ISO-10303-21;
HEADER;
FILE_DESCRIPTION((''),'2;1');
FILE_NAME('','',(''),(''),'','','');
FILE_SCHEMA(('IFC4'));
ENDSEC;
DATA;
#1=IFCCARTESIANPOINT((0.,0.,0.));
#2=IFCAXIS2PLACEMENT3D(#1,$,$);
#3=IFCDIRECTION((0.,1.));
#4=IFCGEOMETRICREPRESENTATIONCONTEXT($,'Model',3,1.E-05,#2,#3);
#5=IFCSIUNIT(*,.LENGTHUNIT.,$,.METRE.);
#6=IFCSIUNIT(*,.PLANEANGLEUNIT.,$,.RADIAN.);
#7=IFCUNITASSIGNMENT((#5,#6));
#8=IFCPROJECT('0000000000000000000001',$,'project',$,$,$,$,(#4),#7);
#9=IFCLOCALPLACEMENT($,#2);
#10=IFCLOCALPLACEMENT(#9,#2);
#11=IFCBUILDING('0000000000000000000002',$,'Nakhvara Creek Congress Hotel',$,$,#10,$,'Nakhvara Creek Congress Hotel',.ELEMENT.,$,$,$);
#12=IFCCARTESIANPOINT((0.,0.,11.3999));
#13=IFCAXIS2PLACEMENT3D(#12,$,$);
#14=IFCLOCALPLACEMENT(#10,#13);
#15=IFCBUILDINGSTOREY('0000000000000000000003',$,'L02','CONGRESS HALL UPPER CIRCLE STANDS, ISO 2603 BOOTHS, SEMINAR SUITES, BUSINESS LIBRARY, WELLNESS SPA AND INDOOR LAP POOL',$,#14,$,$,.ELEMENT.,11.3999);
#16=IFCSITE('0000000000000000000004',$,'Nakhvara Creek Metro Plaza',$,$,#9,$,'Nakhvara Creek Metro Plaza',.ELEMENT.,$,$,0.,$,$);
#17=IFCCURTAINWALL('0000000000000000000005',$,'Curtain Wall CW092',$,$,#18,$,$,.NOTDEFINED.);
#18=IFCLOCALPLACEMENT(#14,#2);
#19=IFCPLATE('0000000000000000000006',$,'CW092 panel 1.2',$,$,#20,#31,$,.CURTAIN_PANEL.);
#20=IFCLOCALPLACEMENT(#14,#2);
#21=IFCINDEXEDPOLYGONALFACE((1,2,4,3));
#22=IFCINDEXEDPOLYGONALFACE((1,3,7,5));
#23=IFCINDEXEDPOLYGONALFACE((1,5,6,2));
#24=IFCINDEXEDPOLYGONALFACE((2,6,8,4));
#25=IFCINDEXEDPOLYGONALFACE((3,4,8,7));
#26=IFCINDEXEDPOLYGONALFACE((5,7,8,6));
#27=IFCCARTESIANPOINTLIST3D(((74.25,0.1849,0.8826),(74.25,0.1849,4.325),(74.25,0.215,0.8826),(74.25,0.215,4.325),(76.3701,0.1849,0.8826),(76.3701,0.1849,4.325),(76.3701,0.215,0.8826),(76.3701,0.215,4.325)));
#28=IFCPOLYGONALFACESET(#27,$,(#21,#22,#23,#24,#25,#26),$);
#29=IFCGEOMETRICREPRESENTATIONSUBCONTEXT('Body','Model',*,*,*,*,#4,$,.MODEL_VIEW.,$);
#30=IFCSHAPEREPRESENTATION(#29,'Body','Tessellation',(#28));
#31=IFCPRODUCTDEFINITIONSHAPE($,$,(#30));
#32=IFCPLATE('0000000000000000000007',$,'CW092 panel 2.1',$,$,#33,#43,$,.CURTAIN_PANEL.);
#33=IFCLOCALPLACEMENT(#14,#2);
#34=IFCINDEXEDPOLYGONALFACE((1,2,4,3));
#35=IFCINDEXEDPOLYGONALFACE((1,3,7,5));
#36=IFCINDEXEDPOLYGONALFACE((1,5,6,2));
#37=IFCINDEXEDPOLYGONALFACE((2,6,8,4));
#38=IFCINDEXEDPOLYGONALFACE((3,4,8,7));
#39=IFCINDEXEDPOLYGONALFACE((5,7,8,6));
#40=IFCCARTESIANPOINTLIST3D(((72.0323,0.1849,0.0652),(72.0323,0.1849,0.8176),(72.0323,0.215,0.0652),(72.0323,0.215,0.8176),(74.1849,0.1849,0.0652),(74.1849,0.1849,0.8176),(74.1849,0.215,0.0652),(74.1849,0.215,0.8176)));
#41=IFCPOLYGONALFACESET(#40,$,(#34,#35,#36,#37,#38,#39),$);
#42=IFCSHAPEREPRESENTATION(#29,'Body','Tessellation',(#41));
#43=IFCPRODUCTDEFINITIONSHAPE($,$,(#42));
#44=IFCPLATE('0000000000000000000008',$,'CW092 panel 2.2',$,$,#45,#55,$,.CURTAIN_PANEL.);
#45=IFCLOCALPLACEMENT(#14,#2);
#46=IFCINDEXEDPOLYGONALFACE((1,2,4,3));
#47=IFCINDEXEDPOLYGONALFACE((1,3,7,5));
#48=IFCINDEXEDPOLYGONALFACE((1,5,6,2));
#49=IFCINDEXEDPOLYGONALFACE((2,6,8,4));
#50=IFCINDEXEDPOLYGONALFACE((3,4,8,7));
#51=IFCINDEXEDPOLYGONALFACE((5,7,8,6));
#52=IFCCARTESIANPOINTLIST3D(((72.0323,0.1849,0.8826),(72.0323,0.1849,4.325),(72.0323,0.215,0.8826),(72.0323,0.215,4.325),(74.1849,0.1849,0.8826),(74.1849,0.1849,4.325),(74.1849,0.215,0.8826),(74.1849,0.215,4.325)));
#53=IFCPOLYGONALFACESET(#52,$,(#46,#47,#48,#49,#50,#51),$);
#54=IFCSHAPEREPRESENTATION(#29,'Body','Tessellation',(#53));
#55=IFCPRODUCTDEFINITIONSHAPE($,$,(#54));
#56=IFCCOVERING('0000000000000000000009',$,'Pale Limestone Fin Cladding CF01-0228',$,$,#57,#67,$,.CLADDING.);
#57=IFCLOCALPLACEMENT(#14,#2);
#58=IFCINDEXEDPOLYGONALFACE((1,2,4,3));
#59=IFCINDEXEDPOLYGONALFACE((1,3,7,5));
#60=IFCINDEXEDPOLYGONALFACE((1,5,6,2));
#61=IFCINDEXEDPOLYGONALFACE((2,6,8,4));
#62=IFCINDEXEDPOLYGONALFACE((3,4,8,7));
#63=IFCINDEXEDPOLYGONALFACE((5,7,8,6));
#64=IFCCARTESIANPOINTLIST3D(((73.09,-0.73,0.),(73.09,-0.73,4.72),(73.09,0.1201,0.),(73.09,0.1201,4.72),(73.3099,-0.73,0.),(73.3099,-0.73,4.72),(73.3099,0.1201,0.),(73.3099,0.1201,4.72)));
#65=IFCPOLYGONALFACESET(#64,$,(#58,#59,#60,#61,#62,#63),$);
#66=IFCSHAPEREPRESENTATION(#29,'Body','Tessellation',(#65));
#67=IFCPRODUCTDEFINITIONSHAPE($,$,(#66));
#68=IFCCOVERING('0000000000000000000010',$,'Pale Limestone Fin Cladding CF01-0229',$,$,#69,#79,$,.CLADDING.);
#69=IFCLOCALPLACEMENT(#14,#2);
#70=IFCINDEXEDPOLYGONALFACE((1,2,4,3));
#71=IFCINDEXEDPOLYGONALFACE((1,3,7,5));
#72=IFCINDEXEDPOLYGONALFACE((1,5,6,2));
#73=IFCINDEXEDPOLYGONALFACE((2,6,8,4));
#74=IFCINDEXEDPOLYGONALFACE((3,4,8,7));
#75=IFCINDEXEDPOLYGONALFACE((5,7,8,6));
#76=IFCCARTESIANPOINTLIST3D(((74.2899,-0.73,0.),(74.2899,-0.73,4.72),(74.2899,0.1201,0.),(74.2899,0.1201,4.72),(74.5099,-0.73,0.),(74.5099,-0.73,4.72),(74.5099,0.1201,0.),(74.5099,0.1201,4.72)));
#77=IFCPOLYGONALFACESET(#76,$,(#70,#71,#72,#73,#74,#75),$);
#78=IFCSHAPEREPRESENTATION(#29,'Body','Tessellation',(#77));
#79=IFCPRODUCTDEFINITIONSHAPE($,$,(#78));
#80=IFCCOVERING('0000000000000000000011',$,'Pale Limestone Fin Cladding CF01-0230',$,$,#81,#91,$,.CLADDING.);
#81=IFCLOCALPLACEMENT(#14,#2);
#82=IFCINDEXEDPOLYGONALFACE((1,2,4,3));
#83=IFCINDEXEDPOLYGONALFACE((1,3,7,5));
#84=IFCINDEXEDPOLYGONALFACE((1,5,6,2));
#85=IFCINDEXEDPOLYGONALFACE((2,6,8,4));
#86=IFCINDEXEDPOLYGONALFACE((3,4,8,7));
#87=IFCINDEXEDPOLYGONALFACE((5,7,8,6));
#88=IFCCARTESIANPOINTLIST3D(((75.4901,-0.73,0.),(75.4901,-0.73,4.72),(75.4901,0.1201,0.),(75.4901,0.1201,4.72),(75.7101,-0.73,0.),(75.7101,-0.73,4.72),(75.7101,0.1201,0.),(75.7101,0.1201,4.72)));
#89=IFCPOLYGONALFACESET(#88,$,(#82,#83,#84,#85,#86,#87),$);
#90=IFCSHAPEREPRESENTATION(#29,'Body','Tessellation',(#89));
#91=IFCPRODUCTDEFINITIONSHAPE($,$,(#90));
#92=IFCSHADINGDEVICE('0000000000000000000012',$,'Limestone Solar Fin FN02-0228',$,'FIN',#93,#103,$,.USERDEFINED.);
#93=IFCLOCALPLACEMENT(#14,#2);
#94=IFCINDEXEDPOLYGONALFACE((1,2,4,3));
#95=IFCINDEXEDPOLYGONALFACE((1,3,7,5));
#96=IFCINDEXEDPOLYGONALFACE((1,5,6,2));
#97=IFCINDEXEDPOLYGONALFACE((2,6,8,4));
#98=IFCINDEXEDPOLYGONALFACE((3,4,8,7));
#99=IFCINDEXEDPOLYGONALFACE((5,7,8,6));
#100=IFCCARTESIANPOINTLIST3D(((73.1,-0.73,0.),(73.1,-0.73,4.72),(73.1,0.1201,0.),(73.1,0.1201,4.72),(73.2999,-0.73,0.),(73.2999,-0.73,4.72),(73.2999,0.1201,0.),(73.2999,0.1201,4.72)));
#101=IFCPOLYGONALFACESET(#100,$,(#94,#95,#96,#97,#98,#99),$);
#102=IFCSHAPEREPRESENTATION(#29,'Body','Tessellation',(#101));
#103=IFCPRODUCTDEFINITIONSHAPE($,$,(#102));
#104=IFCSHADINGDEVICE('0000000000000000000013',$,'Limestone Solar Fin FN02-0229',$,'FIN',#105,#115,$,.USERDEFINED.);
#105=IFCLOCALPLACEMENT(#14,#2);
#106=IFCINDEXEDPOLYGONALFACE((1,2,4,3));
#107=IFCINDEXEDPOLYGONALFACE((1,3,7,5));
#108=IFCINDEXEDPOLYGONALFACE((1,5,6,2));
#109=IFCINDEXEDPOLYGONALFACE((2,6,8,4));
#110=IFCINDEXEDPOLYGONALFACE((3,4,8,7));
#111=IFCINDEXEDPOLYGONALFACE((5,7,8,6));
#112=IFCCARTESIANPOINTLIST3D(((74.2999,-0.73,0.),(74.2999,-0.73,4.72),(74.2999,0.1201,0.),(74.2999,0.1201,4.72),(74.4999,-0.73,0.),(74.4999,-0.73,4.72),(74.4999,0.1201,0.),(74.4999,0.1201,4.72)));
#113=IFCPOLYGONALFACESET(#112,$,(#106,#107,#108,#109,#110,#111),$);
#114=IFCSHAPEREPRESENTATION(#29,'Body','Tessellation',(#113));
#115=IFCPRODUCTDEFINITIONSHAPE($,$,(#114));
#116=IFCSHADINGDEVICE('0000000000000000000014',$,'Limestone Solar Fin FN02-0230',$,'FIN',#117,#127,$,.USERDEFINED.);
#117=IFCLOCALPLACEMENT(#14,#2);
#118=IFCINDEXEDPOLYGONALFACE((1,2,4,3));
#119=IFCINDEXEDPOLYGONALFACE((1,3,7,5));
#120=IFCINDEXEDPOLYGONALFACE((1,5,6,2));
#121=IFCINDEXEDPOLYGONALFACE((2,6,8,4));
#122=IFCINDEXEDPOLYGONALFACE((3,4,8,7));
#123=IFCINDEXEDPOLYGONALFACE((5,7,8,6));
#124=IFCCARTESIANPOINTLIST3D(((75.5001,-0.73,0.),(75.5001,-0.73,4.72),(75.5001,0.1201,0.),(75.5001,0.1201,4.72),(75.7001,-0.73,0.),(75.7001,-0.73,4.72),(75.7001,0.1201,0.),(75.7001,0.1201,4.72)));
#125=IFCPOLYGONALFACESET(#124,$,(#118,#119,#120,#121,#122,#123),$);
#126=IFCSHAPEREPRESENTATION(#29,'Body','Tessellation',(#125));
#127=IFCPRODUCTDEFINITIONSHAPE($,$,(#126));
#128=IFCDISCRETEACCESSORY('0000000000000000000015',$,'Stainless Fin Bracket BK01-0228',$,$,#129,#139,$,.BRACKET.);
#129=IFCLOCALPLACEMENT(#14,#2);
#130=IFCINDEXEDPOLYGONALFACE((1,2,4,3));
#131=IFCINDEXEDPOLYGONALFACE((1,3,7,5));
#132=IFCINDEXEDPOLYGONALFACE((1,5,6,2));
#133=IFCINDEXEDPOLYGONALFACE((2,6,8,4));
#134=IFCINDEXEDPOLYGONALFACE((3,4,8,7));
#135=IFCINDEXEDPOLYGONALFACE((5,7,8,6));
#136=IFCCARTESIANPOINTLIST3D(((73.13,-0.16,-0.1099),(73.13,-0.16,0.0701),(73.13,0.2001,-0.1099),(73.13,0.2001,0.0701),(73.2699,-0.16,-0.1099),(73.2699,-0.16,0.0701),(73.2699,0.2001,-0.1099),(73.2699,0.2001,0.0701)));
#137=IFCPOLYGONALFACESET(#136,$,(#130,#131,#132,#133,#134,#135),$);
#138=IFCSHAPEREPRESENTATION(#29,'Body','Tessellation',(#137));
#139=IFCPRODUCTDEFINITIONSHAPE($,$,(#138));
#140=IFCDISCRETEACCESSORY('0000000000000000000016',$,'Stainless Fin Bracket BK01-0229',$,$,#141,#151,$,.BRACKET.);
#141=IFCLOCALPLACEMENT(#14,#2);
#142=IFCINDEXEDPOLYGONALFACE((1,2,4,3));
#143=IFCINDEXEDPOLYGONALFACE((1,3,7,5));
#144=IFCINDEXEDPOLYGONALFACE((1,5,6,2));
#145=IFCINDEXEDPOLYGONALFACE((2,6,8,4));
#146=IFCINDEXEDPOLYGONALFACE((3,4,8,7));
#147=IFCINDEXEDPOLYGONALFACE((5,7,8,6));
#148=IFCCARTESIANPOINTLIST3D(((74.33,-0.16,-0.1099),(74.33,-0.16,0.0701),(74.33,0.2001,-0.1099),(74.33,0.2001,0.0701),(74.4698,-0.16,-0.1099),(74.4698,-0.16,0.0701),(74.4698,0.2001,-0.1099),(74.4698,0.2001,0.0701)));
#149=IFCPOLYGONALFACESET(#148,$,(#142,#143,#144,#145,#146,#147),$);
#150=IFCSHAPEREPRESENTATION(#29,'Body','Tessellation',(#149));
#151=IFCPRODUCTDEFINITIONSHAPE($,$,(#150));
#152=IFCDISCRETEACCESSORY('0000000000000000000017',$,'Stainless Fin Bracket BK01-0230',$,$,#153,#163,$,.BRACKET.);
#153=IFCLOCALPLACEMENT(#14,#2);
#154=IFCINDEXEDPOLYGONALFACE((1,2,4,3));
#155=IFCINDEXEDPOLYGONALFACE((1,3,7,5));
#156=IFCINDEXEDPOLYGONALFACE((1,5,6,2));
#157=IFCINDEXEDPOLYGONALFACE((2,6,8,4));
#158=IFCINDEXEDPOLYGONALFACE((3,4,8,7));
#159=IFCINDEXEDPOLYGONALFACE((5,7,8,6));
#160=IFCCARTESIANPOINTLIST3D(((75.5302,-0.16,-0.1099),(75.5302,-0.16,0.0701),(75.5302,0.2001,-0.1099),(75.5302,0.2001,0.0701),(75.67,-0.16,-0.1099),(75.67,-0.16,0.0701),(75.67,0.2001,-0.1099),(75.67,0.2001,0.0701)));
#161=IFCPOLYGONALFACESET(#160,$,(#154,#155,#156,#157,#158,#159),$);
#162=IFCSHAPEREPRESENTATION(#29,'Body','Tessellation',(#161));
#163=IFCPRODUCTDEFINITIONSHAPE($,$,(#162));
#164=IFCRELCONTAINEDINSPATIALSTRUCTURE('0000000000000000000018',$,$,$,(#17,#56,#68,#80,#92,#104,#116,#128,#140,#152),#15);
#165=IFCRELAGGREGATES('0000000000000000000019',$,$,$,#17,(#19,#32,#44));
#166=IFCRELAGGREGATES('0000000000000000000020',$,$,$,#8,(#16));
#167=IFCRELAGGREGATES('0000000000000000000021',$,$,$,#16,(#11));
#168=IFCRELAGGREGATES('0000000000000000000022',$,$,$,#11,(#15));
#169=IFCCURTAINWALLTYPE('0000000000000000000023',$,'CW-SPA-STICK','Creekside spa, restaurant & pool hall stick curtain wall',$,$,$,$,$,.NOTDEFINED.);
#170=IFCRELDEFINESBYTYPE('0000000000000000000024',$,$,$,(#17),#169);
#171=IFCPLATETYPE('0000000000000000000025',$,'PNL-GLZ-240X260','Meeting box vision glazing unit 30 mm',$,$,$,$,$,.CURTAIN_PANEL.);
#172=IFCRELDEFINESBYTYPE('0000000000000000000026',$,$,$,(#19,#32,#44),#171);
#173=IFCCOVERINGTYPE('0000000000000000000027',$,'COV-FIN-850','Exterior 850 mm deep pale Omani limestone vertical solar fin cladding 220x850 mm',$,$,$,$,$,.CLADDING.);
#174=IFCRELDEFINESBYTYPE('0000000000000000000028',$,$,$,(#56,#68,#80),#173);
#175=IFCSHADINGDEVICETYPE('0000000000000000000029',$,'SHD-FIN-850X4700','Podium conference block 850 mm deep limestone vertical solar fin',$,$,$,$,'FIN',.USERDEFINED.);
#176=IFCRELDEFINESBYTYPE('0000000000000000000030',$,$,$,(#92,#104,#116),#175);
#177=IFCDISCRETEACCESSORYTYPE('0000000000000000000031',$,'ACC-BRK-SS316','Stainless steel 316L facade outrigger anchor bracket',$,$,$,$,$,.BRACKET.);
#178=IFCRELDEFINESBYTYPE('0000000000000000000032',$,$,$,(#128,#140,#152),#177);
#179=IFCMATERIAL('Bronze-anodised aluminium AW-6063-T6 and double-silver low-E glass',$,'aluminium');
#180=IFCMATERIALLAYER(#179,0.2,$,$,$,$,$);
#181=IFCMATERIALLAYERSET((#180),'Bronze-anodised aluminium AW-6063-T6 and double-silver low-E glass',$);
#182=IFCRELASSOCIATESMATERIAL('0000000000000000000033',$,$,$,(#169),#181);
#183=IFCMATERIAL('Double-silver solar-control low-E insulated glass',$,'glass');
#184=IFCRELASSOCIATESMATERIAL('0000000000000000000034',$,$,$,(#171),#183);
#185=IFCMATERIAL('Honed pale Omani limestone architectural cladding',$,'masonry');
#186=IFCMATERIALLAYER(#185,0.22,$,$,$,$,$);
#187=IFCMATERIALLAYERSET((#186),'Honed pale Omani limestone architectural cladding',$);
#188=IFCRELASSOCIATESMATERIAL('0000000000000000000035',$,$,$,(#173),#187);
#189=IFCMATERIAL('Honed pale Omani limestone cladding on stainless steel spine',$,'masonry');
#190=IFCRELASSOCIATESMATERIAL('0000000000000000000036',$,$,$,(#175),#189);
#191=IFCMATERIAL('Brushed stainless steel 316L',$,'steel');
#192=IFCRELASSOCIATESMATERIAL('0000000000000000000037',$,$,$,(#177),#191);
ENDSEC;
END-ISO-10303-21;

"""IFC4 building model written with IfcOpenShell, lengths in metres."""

from ifc_helpers import new_model, si_unit, direction, frame, origin, origin_2d, place, context, subcontext, project, spatial, rectangle, extrude, material, layer, layer_set, type_object, element, aggregate, save


model = new_model("IFC4")

# Units and contexts
model_context = context("Model", 3, precision=1e-05, world=origin(), true_north=direction((0.0, 1.0)))
body_context = subcontext(model_context, "Body", "Model", "MODEL_VIEW")
ifc_project = project(units=[si_unit("LENGTHUNIT", "METRE"), si_unit("PLANEANGLEUNIT", "RADIAN")], contexts=[model_context])

# Site, building, storey
site_placement = place(None, origin())
site = spatial("IfcSite", under=ifc_project, at=site_placement, Name="Nakhvara Creek Metro Plaza", LongName="Nakhvara Creek Metro Plaza", CompositionType="ELEMENT", RefElevation=0.0)
building_placement = place(site_placement, origin())
building = spatial("IfcBuilding", under=site, at=building_placement, Name="Nakhvara Creek Congress Hotel", LongName="Nakhvara Creek Congress Hotel", CompositionType="ELEMENT")
storey_placement = place(building_placement, frame((0.0, 0.0, 11.3999)))
storey = spatial("IfcBuildingStorey", under=building, at=storey_placement, Name="L02", Description="CONGRESS HALL UPPER CIRCLE STANDS, ISO 2603 BOOTHS, SEMINAR SUITES, BUSINESS LIBRARY, WELLNESS SPA AND INDOOR LAP POOL", CompositionType="ELEMENT", Elevation=11.3999)

# Curtain wall, plates
ifc_material_1 = material(Name="Bronze-anodised aluminium AW-6063-T6 and double-silver low-E glass", Category="aluminium")
ifc_layer_1 = layer(ifc_material_1, 0.2)
ifc_layer_set_1 = layer_set([ifc_layer_1], Name="Bronze-anodised aluminium AW-6063-T6 and double-silver low-E glass")
curtain_wall_type = type_object("IfcCurtainWallType", Name="CW-SPA-STICK", Description="Creekside spa, restaurant & pool hall stick curtain wall", PredefinedType="NOTDEFINED", material=ifc_layer_set_1)
curtain_wall_placement = place(storey_placement, origin())
curtain_wall = element("IfcCurtainWall", 1, at=curtain_wall_placement, inside=storey, type_object=curtain_wall_type, Name="Curtain Wall CW092", PredefinedType="NOTDEFINED")
ifc_material_2 = material(Name="Double-silver solar-control low-E insulated glass", Category="glass")
plate_type = type_object("IfcPlateType", Name="PNL-GLZ-240X260", Description="Meeting box vision glazing unit 30 mm", PredefinedType="CURTAIN_PANEL", material=ifc_material_2)
plate_1_placement = place(storey_placement, frame((75.3101, 0.2, 0.8826), z_axis=(0.0, 0.0, 1.0), x_axis=(-1.0, 0.0, 0.0)))
plate_1 = element("IfcPlate", 2, at=plate_1_placement, type_object=plate_type, Name="CW092 panel 1.2", PredefinedType="CURTAIN_PANEL", context=body_context, shape_type="SweptSolid", body=[
    extrude(rectangle(XDim=2.1201, YDim=0.03, at=origin_2d()), origin(), (0.0, 0.0, 1.0), 3.4424),
])
plate_2_placement = place(storey_placement, frame((73.1086, 0.2, 0.0652), z_axis=(0.0, 0.0, 1.0), x_axis=(-1.0, 0.0, 0.0)))
plate_2 = element("IfcPlate", 3, at=plate_2_placement, type_object=plate_type, Name="CW092 panel 2.1", PredefinedType="CURTAIN_PANEL", context=body_context, shape_type="SweptSolid", body=[
    extrude(rectangle(XDim=2.1526, YDim=0.03, at=origin_2d()), origin(), (0.0, 0.0, 1.0), 0.7524),
])
plate_3_placement = place(storey_placement, frame((73.1086, 0.2, 0.8826), z_axis=(0.0, 0.0, 1.0), x_axis=(-1.0, 0.0, 0.0)))
plate_3 = element("IfcPlate", 4, at=plate_3_placement, type_object=plate_type, Name="CW092 panel 2.2", PredefinedType="CURTAIN_PANEL", context=body_context, shape_type="SweptSolid", body=[
    extrude(rectangle(XDim=2.1526, YDim=0.03, at=origin_2d()), origin(), (0.0, 0.0, 1.0), 3.4424),
])
aggregate(curtain_wall, [plate_1, plate_2, plate_3])

# Coverings
ifc_material_3 = material(Name="Honed pale Omani limestone architectural cladding", Category="masonry")
ifc_layer_2 = layer(ifc_material_3, 0.22)
ifc_layer_set_2 = layer_set([ifc_layer_2], Name="Honed pale Omani limestone architectural cladding")
covering_type = type_object("IfcCoveringType", Name="COV-FIN-850", Description="Exterior 850 mm deep pale Omani limestone vertical solar fin cladding 220x850 mm", PredefinedType="CLADDING", material=ifc_layer_set_2)
for number, where, z_axis, x_axis, name in (
    (5, (73.2, -0.3049, 0.0), (0.0, 0.0, 1.0), (1.0, 0.0, 0.0), "Pale Limestone Fin Cladding CF01-0228"),
    (6, (74.3999, -0.3049, 0.0), (0.0, 0.0, 1.0), (1.0, 0.0, 0.0), "Pale Limestone Fin Cladding CF01-0229"),
    (7, (75.6001, -0.3049, 0.0), (0.0, 0.0, 1.0), (1.0, 0.0, 0.0), "Pale Limestone Fin Cladding CF01-0230"),
):
    element("IfcCovering", number, at=place(storey_placement, frame(where, z_axis=z_axis, x_axis=x_axis)), inside=storey, type_object=covering_type, Name=name, PredefinedType="CLADDING", context=body_context, shape_type="SweptSolid", body=[
        extrude(rectangle(XDim=0.22, YDim=0.8501, at=origin_2d()), origin(), (0.0, 0.0, 1.0), 4.72),
    ])

# Shading devices
ifc_material_4 = material(Name="Honed pale Omani limestone cladding on stainless steel spine", Category="masonry")
shading_device_type = type_object("IfcShadingDeviceType", Name="SHD-FIN-850X4700", Description="Podium conference block 850 mm deep limestone vertical solar fin", ElementType="FIN", PredefinedType="USERDEFINED", material=ifc_material_4)
for number, where, z_axis, x_axis, name in (
    (8, (73.2, -0.3049, 0.0), (0.0, 0.0, 1.0), (1.0, 0.0, 0.0), "Limestone Solar Fin FN02-0228"),
    (9, (74.3999, -0.3049, 0.0), (0.0, 0.0, 1.0), (1.0, 0.0, 0.0), "Limestone Solar Fin FN02-0229"),
    (10, (75.6001, -0.3049, 0.0), (0.0, 0.0, 1.0), (1.0, 0.0, 0.0), "Limestone Solar Fin FN02-0230"),
):
    element("IfcShadingDevice", number, at=place(storey_placement, frame(where, z_axis=z_axis, x_axis=x_axis)), inside=storey, type_object=shading_device_type, Name=name, ObjectType="FIN", PredefinedType="USERDEFINED", context=body_context, shape_type="SweptSolid", body=[
        extrude(rectangle(XDim=0.2, YDim=0.8501, at=origin_2d()), origin(), (0.0, 0.0, 1.0), 4.72),
    ])

# Discrete accessories
ifc_material_5 = material(Name="Brushed stainless steel 316L", Category="steel")
discrete_accessory_type = type_object("IfcDiscreteAccessoryType", Name="ACC-BRK-SS316", Description="Stainless steel 316L facade outrigger anchor bracket", PredefinedType="BRACKET", material=ifc_material_5)
for number, where, z_axis, x_axis, name in (
    (11, (73.2, 0.02, -0.1099), (0.0, 0.0, 1.0), (1.0, 0.0, 0.0), "Stainless Fin Bracket BK01-0228"),
    (12, (74.3999, 0.02, -0.1099), (0.0, 0.0, 1.0), (1.0, 0.0, 0.0), "Stainless Fin Bracket BK01-0229"),
    (13, (75.6001, 0.02, -0.1099), (0.0, 0.0, 1.0), (1.0, 0.0, 0.0), "Stainless Fin Bracket BK01-0230"),
):
    element("IfcDiscreteAccessory", number, at=place(storey_placement, frame(where, z_axis=z_axis, x_axis=x_axis)), inside=storey, type_object=discrete_accessory_type, Name=name, PredefinedType="BRACKET", context=body_context, shape_type="SweptSolid", body=[
        extrude(rectangle(XDim=0.1399, YDim=0.3601, at=origin_2d()), origin(), (0.0, 0.0, 1.0), 0.1799),
    ])

save(model, "model.ifc")
